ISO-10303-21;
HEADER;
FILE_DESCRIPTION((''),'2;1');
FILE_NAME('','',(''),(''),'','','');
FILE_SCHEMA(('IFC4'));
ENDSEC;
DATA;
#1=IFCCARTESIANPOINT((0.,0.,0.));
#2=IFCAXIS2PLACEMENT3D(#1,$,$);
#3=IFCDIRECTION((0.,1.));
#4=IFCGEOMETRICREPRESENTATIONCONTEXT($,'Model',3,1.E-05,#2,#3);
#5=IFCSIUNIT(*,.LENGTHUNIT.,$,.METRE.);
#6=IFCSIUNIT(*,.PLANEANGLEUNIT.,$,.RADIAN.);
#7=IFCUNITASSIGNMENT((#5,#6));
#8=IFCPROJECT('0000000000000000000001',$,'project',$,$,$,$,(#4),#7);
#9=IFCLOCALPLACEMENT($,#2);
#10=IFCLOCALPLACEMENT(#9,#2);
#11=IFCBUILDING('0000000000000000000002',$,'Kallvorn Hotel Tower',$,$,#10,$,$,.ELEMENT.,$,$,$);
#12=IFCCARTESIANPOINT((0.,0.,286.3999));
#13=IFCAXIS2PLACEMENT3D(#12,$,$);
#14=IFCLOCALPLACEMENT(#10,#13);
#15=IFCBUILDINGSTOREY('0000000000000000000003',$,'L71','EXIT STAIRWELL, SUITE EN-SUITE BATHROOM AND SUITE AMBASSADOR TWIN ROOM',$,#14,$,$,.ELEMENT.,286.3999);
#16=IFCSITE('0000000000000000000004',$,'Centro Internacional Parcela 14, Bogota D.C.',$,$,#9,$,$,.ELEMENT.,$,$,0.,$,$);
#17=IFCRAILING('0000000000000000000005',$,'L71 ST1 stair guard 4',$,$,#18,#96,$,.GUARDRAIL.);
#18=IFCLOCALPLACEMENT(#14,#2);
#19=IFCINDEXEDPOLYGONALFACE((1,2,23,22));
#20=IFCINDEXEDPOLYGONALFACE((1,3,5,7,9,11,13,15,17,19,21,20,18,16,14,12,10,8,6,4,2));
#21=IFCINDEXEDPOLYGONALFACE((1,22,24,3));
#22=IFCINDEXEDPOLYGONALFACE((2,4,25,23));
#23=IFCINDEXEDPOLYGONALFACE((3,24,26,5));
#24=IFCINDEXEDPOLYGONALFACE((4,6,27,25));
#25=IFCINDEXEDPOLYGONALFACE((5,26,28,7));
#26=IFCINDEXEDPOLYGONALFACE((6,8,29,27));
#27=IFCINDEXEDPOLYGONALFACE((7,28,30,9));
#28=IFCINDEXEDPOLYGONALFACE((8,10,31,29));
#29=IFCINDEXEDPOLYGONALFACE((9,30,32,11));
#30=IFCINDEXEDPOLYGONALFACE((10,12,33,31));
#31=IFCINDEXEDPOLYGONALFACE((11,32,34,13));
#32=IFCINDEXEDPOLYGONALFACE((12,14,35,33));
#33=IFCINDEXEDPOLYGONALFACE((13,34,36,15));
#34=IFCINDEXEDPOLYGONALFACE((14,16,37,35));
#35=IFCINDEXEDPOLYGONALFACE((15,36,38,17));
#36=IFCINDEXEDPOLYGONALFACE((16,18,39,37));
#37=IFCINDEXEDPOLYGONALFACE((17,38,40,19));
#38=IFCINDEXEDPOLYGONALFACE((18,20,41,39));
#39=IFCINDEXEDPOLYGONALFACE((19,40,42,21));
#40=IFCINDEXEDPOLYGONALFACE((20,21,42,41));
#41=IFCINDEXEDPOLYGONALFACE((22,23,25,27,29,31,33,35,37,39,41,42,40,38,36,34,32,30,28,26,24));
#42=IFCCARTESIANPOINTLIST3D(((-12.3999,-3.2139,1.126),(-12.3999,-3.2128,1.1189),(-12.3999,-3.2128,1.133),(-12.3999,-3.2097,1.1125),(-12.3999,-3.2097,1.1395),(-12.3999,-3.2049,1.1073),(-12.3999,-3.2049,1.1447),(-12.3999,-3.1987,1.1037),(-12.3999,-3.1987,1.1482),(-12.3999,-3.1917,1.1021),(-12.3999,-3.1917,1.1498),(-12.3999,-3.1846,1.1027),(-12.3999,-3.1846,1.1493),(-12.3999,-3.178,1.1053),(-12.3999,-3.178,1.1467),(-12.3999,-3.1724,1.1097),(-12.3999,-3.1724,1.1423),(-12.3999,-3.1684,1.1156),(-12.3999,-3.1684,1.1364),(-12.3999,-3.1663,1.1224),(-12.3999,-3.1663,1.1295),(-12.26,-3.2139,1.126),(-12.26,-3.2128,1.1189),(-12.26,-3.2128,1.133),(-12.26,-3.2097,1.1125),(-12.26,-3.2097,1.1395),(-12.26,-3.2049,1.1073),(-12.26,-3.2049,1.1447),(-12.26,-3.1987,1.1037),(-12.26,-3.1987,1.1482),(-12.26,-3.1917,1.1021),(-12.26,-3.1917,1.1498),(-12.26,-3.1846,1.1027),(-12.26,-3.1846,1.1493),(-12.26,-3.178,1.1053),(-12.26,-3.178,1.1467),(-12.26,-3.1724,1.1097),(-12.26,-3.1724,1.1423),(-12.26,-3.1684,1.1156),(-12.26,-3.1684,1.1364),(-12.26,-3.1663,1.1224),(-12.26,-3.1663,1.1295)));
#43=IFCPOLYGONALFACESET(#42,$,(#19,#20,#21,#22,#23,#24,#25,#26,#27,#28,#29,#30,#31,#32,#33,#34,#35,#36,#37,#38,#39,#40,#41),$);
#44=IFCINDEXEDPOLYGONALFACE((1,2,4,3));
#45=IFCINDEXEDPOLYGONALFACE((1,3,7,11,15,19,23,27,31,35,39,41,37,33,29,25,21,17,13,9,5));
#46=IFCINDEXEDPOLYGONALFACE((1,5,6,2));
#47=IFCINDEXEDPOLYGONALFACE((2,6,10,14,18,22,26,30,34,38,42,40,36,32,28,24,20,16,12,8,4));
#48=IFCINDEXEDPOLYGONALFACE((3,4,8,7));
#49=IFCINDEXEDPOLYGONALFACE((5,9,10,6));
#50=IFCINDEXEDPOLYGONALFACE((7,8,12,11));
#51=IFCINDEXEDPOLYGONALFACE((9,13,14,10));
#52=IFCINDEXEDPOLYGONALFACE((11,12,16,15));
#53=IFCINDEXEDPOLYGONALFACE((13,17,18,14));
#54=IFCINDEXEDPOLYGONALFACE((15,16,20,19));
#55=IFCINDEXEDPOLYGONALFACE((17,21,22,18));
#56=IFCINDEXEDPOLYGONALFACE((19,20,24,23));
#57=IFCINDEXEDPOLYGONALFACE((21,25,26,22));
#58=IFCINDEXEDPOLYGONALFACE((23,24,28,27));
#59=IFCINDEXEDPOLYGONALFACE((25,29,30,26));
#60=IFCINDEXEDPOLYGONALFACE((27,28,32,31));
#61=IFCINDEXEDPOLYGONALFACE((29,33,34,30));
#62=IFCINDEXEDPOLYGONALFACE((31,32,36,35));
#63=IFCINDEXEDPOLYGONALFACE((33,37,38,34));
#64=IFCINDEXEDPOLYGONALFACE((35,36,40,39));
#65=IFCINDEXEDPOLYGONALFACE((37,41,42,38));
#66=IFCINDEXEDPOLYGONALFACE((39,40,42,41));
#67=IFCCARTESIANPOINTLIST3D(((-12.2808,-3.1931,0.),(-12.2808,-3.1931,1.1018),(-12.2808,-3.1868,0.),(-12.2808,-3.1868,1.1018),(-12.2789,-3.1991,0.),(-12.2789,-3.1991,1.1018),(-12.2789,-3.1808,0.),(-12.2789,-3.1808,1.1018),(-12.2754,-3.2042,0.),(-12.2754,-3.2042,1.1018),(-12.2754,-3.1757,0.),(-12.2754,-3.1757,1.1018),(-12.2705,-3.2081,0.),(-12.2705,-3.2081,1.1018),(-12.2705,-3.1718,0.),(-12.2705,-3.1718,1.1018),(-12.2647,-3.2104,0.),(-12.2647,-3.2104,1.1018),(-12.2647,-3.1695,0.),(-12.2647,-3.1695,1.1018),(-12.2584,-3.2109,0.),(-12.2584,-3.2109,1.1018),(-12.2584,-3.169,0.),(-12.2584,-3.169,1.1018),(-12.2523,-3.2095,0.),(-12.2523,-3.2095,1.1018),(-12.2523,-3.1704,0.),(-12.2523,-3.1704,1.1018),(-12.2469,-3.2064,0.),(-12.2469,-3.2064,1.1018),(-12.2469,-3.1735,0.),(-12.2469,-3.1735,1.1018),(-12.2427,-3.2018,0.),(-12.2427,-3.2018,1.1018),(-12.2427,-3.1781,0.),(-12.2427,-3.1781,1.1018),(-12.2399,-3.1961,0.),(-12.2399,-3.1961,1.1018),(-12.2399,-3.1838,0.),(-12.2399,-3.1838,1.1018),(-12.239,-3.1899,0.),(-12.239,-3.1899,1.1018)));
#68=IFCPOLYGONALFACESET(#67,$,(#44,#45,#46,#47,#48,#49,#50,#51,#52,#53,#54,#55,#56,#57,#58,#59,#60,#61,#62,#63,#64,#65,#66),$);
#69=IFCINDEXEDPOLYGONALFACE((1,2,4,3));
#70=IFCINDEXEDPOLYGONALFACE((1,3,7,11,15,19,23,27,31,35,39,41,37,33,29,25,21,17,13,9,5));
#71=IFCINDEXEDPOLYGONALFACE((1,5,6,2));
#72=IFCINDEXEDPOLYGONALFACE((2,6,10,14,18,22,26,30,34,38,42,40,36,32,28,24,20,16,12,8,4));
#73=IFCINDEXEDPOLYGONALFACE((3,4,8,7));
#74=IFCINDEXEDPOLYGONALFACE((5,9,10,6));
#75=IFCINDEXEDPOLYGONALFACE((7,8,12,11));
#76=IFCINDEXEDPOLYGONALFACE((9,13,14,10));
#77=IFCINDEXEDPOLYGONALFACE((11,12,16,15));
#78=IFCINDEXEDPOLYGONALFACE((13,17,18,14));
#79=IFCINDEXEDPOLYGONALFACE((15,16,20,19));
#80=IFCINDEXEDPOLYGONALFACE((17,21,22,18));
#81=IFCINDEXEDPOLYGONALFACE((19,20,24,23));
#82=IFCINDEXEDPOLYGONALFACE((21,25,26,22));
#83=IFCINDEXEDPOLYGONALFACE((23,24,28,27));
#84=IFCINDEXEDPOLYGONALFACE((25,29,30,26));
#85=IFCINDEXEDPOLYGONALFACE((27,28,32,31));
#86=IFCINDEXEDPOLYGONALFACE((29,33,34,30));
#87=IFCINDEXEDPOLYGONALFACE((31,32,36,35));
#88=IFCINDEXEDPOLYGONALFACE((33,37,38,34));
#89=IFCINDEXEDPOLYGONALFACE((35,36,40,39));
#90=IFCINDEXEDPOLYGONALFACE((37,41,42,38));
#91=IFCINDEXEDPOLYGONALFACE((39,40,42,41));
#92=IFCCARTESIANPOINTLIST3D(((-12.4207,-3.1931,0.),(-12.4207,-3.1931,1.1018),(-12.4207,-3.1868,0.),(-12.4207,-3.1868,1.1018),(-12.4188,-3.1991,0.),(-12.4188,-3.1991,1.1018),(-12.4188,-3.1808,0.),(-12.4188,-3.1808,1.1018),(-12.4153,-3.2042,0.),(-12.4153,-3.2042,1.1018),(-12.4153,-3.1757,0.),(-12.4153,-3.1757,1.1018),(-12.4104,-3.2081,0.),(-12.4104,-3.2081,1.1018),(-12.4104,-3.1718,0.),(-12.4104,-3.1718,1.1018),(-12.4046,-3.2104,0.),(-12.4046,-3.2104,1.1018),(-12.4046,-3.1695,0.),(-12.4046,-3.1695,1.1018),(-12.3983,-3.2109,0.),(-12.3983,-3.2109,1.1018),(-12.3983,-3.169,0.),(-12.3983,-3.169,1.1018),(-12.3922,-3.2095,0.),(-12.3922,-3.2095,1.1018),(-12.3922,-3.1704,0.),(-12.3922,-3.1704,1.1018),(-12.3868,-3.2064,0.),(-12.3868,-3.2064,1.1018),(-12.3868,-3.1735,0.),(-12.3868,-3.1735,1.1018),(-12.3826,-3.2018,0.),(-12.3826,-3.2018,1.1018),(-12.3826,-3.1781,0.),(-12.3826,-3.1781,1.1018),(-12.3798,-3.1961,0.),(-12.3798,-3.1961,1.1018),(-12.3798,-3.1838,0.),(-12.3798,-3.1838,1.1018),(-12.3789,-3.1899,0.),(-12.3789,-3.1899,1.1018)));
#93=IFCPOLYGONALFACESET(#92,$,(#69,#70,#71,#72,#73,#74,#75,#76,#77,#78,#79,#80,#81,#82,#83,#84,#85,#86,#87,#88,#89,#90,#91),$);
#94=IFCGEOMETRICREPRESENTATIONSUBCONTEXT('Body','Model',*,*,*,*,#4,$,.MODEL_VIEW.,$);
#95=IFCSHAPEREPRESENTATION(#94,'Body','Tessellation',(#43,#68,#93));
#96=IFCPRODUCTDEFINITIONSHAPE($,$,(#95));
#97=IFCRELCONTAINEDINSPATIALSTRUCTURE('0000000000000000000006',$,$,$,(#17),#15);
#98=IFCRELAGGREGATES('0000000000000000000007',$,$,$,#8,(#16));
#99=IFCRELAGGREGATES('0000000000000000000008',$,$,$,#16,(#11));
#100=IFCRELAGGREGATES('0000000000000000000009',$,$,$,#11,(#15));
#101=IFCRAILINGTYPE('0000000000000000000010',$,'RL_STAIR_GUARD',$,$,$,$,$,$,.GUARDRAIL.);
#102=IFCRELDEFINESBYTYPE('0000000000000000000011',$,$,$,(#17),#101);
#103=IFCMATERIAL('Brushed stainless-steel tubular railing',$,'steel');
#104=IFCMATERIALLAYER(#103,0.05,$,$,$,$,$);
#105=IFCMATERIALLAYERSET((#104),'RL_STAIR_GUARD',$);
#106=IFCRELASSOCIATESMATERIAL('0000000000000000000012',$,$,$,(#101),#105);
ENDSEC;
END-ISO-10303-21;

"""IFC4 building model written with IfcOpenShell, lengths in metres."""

from ifc_helpers import new_model, si_unit, direction, frame, origin, origin_2d, place, context, subcontext, project, spatial, circle, extrude, material, layer, layer_set, type_object, element, save


model = new_model("IFC4")

# Units and contexts
model_context = context("Model", 3, precision=1e-05, world=origin(), true_north=direction((0.0, 1.0)))
body_context = subcontext(model_context, "Body", "Model", "MODEL_VIEW")
ifc_project = project(units=[si_unit("LENGTHUNIT", "METRE"), si_unit("PLANEANGLEUNIT", "RADIAN")], contexts=[model_context])

# Site, building, storey
site_placement = place(None, origin())
site = spatial("IfcSite", under=ifc_project, at=site_placement, Name="Centro Internacional Parcela 14, Bogota D.C.", CompositionType="ELEMENT", RefElevation=0.0)
building_placement = place(site_placement, origin())
building = spatial("IfcBuilding", under=site, at=building_placement, Name="Kallvorn Hotel Tower", CompositionType="ELEMENT")
storey_placement = place(building_placement, frame((0.0, 0.0, 286.3999)))
storey = spatial("IfcBuildingStorey", under=building, at=storey_placement, Name="L71", Description="EXIT STAIRWELL, SUITE EN-SUITE BATHROOM AND SUITE AMBASSADOR TWIN ROOM", CompositionType="ELEMENT", Elevation=286.3999)

# Railing
ifc_material_1 = material(Name="Brushed stainless-steel tubular railing", Category="steel")
ifc_layer_1 = layer(ifc_material_1, 0.05)
ifc_layer_set_1 = layer_set([ifc_layer_1], Name="RL_STAIR_GUARD")
railing_type_1 = type_object("IfcRailingType", Name="RL_STAIR_GUARD", PredefinedType="GUARDRAIL", material=ifc_layer_set_1)
railing_1_placement = place(storey_placement, frame((-12.26, -3.1899, 0.0)))
element("IfcRailing", 1, at=railing_1_placement, inside=storey, type_object=railing_type_1, Name="L71 ST1 stair guard 4", PredefinedType="GUARDRAIL", context=body_context, shape_type="SweptSolid", body=[
    extrude(circle(Radius=0.0239, at=origin_2d()), frame((0.0, 0.0, 1.126), z_axis=(-1.0, 0.0, 0.0), x_axis=(0.0, -1.0, 0.0)), (0.0, 0.0, 1.0), 0.1399),
    extrude(circle(Radius=0.021, at=origin_2d()), origin(), (0.0, 0.0, 1.0), 1.1018),
    extrude(circle(Radius=0.021, at=origin_2d()), frame((-0.1399, 0.0, 0.0)), (0.0, 0.0, 1.0), 1.1018),
])

save(model, "model.ifc")
